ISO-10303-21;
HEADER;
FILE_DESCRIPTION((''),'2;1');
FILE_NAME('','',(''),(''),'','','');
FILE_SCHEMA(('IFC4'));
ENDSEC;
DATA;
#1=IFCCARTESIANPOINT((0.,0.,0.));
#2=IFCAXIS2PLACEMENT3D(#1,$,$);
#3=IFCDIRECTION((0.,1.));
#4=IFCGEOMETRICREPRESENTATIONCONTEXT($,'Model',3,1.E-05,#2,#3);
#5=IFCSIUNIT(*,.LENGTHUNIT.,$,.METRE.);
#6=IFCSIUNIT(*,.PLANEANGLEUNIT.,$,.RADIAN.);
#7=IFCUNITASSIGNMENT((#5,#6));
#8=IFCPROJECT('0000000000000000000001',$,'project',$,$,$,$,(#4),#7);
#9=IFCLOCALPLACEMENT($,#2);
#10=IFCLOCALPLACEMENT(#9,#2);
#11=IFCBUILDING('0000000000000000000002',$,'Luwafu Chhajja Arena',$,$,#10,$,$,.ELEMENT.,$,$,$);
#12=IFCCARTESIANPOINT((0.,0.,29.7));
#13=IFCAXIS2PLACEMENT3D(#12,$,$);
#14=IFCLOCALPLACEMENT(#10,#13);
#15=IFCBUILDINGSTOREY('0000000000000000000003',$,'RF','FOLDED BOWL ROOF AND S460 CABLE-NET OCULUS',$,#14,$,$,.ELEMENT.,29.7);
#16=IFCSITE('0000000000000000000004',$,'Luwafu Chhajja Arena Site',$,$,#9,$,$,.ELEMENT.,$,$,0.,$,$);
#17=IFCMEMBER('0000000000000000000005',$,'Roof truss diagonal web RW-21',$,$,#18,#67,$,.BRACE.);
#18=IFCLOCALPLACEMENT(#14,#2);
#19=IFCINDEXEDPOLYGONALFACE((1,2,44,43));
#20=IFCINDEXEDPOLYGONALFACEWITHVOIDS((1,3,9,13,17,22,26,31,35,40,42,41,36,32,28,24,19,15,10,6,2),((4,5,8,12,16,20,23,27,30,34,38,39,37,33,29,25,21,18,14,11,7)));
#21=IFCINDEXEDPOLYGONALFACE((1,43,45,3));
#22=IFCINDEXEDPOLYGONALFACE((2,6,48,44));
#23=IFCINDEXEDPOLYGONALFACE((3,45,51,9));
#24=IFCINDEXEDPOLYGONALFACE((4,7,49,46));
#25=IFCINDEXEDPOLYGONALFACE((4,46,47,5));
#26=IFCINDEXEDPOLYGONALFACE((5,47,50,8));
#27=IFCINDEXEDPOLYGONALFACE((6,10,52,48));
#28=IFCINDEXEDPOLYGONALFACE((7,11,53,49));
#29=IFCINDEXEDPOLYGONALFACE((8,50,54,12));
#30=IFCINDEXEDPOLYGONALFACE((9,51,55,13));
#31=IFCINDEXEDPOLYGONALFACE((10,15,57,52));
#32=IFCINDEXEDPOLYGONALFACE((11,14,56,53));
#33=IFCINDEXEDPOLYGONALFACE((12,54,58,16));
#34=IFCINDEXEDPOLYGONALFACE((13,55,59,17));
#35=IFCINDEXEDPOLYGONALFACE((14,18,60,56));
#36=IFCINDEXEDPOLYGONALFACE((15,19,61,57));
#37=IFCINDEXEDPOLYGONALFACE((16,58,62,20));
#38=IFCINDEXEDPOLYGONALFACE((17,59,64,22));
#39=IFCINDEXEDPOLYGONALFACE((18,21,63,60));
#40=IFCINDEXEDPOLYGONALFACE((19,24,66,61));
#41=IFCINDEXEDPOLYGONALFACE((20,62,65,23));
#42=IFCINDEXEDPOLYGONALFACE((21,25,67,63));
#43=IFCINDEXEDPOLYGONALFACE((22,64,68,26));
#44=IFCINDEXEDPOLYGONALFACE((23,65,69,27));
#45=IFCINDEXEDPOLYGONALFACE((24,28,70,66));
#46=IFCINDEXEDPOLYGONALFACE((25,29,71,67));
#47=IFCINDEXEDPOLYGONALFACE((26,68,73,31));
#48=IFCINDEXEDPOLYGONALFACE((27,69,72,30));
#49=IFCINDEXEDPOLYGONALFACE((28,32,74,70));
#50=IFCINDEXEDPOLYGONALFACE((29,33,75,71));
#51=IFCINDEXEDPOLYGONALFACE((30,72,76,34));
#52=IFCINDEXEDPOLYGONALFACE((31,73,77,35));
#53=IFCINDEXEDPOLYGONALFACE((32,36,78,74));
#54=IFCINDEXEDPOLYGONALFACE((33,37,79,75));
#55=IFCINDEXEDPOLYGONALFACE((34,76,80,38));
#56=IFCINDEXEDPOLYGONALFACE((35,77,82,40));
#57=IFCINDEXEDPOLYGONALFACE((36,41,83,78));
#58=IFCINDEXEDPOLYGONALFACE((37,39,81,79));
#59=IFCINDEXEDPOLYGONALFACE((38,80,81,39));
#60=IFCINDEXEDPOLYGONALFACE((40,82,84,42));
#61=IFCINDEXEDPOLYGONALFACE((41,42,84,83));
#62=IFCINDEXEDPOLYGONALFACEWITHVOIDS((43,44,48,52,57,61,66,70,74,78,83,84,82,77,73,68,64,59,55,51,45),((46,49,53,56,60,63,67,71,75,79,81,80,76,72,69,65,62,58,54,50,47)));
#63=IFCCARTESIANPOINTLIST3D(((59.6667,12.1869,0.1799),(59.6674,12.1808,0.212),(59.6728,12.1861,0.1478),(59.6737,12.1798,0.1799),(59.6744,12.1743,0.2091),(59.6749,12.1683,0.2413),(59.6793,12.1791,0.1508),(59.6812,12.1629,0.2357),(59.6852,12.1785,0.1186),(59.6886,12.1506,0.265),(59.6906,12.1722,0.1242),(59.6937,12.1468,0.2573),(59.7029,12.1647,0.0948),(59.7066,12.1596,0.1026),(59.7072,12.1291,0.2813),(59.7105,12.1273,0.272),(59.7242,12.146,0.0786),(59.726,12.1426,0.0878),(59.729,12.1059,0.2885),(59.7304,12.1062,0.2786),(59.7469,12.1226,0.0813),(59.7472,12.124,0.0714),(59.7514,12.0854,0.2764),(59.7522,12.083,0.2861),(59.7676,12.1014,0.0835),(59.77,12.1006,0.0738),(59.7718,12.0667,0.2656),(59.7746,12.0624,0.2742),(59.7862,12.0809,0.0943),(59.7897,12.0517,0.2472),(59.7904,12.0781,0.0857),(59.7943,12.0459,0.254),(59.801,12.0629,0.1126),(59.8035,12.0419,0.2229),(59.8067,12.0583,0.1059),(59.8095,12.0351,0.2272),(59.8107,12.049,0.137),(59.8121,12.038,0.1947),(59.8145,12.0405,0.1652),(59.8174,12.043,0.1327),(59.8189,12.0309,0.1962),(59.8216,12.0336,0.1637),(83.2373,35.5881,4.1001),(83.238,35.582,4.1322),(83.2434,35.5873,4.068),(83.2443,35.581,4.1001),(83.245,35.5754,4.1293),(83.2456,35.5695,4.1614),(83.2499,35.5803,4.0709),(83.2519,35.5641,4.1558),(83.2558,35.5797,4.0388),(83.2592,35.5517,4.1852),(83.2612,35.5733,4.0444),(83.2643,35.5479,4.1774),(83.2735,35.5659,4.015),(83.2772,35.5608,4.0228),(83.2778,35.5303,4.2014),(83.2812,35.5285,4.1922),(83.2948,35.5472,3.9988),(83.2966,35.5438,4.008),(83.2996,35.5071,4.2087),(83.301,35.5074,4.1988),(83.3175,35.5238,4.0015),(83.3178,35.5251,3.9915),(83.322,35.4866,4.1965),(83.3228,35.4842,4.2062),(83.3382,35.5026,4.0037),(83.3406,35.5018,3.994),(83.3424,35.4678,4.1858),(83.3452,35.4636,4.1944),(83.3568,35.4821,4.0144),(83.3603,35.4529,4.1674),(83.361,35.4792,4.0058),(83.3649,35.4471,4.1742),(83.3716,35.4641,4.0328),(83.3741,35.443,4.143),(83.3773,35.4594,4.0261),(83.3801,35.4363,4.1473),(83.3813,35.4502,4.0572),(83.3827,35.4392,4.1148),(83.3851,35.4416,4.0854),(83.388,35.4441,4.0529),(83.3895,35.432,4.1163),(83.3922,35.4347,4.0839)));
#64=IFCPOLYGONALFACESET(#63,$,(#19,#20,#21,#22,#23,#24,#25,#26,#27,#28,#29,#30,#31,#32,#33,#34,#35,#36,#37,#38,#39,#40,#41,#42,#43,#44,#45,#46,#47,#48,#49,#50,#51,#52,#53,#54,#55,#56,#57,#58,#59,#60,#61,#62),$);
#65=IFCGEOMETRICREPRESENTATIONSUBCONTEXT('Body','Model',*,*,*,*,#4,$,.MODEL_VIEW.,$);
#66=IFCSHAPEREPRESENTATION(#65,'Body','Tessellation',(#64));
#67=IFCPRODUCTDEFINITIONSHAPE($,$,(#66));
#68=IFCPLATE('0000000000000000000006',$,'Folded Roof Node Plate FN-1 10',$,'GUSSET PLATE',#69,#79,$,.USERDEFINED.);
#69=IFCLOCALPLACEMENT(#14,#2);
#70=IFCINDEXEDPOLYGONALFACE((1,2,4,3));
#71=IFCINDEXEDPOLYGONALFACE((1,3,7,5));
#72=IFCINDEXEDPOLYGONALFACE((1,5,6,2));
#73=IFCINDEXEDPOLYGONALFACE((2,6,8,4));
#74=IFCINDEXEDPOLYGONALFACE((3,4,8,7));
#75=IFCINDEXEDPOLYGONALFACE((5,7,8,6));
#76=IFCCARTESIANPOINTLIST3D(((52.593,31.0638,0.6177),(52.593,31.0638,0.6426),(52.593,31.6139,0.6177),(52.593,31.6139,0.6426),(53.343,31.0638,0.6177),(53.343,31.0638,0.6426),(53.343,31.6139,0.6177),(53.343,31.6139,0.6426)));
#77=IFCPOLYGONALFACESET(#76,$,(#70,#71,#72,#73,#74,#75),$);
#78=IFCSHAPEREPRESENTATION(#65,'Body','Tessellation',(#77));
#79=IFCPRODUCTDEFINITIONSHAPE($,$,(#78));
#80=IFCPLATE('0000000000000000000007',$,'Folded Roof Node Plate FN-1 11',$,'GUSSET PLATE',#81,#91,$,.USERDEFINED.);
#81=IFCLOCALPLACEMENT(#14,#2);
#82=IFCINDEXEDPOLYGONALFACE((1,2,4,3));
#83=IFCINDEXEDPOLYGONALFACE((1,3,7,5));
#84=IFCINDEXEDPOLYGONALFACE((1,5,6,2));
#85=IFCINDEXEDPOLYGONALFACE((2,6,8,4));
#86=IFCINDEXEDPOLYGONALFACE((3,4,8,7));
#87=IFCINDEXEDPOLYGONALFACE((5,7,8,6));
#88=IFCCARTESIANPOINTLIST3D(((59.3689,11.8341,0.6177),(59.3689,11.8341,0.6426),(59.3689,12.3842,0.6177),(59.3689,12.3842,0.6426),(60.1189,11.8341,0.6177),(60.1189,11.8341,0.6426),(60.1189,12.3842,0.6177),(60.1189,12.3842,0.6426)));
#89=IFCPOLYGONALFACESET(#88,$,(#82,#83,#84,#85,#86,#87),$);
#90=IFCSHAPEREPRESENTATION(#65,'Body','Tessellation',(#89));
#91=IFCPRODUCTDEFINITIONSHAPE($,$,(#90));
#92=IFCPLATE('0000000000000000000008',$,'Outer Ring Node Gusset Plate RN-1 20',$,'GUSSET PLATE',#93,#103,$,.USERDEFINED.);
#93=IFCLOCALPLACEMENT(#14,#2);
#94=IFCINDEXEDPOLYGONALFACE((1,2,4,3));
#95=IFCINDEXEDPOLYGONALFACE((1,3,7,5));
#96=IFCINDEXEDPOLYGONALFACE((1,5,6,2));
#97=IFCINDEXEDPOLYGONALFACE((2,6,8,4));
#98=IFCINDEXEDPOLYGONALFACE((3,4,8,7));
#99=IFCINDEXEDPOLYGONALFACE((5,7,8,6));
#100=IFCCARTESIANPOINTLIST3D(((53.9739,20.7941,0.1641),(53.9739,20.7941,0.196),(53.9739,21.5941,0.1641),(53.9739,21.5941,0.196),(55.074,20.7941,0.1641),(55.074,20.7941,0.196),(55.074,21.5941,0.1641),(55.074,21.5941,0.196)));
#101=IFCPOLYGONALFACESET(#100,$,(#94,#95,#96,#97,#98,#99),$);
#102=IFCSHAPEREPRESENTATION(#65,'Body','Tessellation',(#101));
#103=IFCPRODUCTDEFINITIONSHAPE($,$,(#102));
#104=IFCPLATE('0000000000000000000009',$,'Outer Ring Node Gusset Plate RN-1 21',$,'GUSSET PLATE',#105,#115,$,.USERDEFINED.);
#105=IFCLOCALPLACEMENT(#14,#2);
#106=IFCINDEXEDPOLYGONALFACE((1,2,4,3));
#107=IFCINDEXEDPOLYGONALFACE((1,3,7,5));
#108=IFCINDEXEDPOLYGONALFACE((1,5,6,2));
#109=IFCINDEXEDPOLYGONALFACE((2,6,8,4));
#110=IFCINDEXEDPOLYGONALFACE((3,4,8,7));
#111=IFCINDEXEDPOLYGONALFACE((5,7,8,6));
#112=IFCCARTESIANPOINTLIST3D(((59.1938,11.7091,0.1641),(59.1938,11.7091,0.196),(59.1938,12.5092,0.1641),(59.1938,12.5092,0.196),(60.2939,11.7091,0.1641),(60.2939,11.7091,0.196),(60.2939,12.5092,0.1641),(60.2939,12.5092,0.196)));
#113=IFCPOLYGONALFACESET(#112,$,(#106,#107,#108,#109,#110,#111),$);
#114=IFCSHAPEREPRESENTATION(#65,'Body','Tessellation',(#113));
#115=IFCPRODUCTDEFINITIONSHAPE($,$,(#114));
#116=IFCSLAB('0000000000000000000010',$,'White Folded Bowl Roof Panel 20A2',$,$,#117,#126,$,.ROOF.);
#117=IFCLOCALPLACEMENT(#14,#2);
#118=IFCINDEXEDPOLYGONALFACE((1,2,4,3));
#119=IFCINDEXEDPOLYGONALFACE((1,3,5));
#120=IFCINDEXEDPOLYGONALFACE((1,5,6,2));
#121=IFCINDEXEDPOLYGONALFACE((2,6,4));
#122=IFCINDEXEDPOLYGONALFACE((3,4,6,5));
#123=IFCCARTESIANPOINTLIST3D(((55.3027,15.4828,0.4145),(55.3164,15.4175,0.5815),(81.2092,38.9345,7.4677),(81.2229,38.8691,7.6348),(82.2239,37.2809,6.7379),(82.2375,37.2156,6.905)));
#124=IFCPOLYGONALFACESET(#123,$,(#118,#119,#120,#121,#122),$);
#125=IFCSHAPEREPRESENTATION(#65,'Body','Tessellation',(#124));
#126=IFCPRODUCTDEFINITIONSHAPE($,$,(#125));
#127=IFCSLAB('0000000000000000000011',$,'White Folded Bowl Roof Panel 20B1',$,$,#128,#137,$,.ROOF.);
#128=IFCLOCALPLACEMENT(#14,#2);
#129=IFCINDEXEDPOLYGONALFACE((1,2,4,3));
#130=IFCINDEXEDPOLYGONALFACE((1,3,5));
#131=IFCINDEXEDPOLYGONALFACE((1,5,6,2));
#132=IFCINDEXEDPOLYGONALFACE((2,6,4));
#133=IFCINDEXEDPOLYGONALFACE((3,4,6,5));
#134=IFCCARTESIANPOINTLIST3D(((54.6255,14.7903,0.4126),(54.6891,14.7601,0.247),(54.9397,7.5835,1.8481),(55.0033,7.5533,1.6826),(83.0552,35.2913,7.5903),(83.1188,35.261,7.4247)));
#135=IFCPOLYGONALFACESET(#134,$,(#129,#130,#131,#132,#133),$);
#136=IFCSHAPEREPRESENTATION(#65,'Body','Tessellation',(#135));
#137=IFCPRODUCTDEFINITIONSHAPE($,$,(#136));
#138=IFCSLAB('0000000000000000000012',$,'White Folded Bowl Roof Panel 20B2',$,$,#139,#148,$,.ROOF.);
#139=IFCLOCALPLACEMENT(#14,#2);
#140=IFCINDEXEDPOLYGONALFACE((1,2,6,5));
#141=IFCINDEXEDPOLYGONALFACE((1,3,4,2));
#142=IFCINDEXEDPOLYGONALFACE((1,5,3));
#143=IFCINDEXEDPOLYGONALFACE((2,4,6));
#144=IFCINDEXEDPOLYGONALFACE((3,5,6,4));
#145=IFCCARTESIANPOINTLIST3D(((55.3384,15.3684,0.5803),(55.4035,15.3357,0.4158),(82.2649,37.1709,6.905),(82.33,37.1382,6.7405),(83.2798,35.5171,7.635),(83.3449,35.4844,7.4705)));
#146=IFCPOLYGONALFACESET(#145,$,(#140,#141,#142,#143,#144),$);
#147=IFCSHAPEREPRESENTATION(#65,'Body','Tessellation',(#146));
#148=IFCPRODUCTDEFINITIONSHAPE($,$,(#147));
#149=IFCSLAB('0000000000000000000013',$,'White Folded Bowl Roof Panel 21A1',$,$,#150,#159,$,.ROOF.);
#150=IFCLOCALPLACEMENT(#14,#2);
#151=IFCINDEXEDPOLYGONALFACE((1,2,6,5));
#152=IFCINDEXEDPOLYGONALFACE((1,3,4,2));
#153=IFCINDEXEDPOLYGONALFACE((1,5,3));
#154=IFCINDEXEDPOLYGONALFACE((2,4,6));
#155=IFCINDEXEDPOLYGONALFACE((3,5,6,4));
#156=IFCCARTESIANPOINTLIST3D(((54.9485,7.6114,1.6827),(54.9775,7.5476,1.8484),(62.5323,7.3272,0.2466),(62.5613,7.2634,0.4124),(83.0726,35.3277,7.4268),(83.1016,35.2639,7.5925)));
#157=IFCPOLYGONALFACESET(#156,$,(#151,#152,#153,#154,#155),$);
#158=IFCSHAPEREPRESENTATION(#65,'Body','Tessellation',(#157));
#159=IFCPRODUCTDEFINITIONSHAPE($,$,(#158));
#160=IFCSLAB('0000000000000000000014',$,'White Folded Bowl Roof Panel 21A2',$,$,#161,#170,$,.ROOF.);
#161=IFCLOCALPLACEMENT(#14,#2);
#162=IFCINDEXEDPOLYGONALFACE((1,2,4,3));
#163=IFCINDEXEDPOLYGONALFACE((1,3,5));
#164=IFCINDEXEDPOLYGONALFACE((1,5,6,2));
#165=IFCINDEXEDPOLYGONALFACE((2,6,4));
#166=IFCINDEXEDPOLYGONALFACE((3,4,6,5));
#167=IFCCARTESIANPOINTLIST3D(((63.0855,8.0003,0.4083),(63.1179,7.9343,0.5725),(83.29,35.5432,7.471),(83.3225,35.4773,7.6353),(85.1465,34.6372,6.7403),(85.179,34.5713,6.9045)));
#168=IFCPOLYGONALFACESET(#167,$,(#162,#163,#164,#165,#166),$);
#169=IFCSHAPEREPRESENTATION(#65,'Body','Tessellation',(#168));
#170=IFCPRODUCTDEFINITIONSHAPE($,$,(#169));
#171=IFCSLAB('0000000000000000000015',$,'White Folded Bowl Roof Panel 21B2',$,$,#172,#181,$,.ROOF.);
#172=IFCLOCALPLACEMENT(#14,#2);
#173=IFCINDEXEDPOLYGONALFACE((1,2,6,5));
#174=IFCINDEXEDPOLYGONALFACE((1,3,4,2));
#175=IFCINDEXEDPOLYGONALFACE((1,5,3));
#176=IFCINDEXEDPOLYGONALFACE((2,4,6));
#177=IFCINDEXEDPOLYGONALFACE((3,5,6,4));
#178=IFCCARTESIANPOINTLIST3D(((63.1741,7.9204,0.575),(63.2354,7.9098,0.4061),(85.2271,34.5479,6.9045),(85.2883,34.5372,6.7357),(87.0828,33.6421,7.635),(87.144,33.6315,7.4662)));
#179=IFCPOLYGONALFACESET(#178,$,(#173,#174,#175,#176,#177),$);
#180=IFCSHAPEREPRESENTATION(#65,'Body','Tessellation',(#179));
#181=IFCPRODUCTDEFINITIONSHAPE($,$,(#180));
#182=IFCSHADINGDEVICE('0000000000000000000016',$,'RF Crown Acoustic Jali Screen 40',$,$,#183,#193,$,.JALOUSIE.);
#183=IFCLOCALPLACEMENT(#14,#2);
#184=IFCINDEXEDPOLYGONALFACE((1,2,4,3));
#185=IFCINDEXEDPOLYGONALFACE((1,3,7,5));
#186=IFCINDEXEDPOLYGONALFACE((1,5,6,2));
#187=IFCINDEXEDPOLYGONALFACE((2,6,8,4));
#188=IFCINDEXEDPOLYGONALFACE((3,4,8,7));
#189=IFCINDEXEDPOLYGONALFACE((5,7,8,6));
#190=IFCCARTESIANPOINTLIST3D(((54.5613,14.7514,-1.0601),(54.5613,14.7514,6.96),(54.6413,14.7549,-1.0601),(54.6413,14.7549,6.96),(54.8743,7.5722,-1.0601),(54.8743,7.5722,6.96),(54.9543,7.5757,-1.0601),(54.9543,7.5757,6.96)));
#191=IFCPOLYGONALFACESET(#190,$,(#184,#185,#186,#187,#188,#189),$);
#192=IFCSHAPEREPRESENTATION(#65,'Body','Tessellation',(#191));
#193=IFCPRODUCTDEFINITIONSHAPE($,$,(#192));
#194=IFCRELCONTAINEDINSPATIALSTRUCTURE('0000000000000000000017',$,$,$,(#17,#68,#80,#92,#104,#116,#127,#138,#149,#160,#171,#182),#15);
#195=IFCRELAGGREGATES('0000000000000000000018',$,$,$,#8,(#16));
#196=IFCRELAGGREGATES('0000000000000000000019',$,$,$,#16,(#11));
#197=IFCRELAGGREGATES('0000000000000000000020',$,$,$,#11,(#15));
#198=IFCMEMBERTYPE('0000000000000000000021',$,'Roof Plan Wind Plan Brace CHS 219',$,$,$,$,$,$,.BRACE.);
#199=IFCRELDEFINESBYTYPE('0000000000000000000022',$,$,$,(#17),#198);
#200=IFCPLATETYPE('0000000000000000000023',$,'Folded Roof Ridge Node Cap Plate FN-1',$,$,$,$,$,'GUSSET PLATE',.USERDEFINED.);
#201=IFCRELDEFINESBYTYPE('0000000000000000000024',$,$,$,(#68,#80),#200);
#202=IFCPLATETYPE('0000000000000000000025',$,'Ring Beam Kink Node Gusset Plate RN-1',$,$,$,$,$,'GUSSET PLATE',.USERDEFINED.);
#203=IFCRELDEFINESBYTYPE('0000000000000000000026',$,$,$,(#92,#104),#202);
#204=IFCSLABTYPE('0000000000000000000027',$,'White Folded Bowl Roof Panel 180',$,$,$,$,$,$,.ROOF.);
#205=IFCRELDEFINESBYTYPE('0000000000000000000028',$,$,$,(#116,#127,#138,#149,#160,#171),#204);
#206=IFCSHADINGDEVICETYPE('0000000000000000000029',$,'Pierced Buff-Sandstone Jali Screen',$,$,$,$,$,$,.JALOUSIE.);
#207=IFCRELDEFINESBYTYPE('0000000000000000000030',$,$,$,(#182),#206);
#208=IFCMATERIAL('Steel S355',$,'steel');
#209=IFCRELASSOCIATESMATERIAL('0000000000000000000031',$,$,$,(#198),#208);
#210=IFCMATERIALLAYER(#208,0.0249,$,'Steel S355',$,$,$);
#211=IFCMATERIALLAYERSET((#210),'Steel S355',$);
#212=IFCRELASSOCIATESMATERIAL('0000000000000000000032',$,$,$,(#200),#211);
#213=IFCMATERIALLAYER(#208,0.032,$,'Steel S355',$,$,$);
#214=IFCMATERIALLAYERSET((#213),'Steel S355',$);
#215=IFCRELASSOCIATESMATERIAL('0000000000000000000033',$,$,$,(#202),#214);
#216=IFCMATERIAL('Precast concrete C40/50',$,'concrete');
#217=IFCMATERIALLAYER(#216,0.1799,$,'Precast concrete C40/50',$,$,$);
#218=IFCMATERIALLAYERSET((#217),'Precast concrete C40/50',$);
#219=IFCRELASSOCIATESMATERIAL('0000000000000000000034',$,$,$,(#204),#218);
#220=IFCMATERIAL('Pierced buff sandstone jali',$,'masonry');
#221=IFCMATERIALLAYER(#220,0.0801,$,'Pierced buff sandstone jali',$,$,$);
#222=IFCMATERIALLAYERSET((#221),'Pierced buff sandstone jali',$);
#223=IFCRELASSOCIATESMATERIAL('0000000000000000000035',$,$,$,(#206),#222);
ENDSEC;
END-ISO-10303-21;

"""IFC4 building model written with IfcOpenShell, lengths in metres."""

from ifc_helpers import new_model, si_unit, direction, frame, origin, origin_2d, place, context, subcontext, project, spatial, polyline, rectangle, hollow_circle, outline, extrude, material, layer, layer_set, material_profile, profile_set, type_object, element, save


model = new_model("IFC4")

# Units and contexts
model_context = context("Model", 3, precision=1e-05, world=origin(), true_north=direction((0.0, 1.0)))
body_context = subcontext(model_context, "Body", "Model", "MODEL_VIEW")
ifc_project = project(units=[si_unit("LENGTHUNIT", "METRE"), si_unit("PLANEANGLEUNIT", "RADIAN")], contexts=[model_context])

# Site, building, storey
site_placement = place(None, origin())
site = spatial("IfcSite", under=ifc_project, at=site_placement, Name="Luwafu Chhajja Arena Site", CompositionType="ELEMENT", RefElevation=0.0)
building_placement = place(site_placement, origin())
building = spatial("IfcBuilding", under=site, at=building_placement, Name="Luwafu Chhajja Arena", CompositionType="ELEMENT")
storey_placement = place(building_placement, frame((0.0, 0.0, 29.7)))
storey = spatial("IfcBuildingStorey", under=building, at=storey_placement, Name="RF", Description="FOLDED BOWL ROOF AND S460 CABLE-NET OCULUS", CompositionType="ELEMENT", Elevation=29.7)

# Shared definitions
ifc_material_1 = material(Name="Steel S355", Category="steel")

# Member
ifc_material_profile_1 = material_profile(ifc_material_1, hollow_circle(Radius=0.1096, WallThickness=0.01, at=origin_2d()), Name="CHS 219.1x10")
ifc_profile_set_1 = profile_set([ifc_material_profile_1], Name="Steel S355")
member_type_1 = type_object("IfcMemberType", Name="Roof Plan Wind Plan Brace CHS 219", PredefinedType="BRACE", material=ifc_profile_set_1)
member_1_placement = place(storey_placement, frame((59.7439, 12.1091, 0.1799), z_axis=(0.704761, 0.699695, 0.117213), x_axis=(-0.704552, 0.709653, 0.0)))
element("IfcMember", 1, at=member_1_placement, inside=storey, type_object=member_type_1, Name="Roof truss diagonal web RW-21", PredefinedType="BRACE", context=body_context, shape_type="SweptSolid", body=[
    extrude(hollow_circle(Radius=0.1096, WallThickness=0.01, at=origin_2d()), origin(), (0.0, 0.0, 1.0), 33.4448),
])

# Plates
ifc_layer_1 = layer(ifc_material_1, 0.0249, Name="Steel S355")
ifc_layer_set_1 = layer_set([ifc_layer_1], Name="Steel S355")
plate_type_1 = type_object("IfcPlateType", Name="Folded Roof Ridge Node Cap Plate FN-1", ElementType="GUSSET PLATE", PredefinedType="USERDEFINED", material=ifc_layer_set_1)
for number, where, z_axis, x_axis, name in (
    (2, (52.968, 31.3389, 0.6177), (0.0, 0.0, 1.0), (1.0, 0.0, 0.0), "Folded Roof Node Plate FN-1 10"),
    (3, (59.7439, 12.1091, 0.6177), (0.0, 0.0, 1.0), (1.0, 0.0, 0.0), "Folded Roof Node Plate FN-1 11"),
):
    element("IfcPlate", number, at=place(storey_placement, frame(where, z_axis=z_axis, x_axis=x_axis)), inside=storey, type_object=plate_type_1, Name=name, ObjectType="GUSSET PLATE", PredefinedType="USERDEFINED", context=body_context, shape_type="SweptSolid", body=[
        extrude(rectangle(XDim=0.75, YDim=0.55, at=origin_2d()), origin(), (0.0, 0.0, 1.0), 0.0249),
    ])
ifc_layer_2 = layer(ifc_material_1, 0.032, Name="Steel S355")
ifc_layer_set_2 = layer_set([ifc_layer_2], Name="Steel S355")
plate_type_2 = type_object("IfcPlateType", Name="Ring Beam Kink Node Gusset Plate RN-1", ElementType="GUSSET PLATE", PredefinedType="USERDEFINED", material=ifc_layer_set_2)
for number, where, z_axis, x_axis, name in (
    (4, (54.5239, 21.1941, 0.1641), (0.0, 0.0, 1.0), (1.0, 0.0, 0.0), "Outer Ring Node Gusset Plate RN-1 20"),
    (5, (59.7439, 12.1091, 0.1641), (0.0, 0.0, 1.0), (1.0, 0.0, 0.0), "Outer Ring Node Gusset Plate RN-1 21"),
):
    element("IfcPlate", number, at=place(storey_placement, frame(where, z_axis=z_axis, x_axis=x_axis)), inside=storey, type_object=plate_type_2, Name=name, ObjectType="GUSSET PLATE", PredefinedType="USERDEFINED", context=body_context, shape_type="SweptSolid", body=[
        extrude(rectangle(XDim=1.1001, YDim=0.8, at=origin_2d()), origin(), (0.0, 0.0, 1.0), 0.032),
    ])

# Slabs
ifc_material_2 = material(Name="Precast concrete C40/50", Category="concrete")
ifc_layer_3 = layer(ifc_material_2, 0.1799, Name="Precast concrete C40/50")
ifc_layer_set_3 = layer_set([ifc_layer_3], Name="Precast concrete C40/50")
slab_type = type_object("IfcSlabType", Name="White Folded Bowl Roof Panel 180", PredefinedType="ROOF", material=ifc_layer_set_3)
slab_1_placement = place(storey_placement, frame((55.3164, 15.4175, 0.5815), z_axis=(0.07596, -0.363196, 0.928611), x_axis=(0.726704, 0.657843, 0.19785)))
element("IfcSlab", 6, at=slab_1_placement, inside=storey, type_object=slab_type, Name="White Folded Bowl Roof Panel 20A2", PredefinedType="ROOF", context=body_context, shape_type="SweptSolid", body=[
    extrude(outline(polyline([(0.0, 0.0), (35.6493, 0.0), (35.1545, -2.0128), (0.0, 0.0)])), origin(), (0.0, 0.0, -1.0), 0.1799),
])
slab_2_placement = place(storey_placement, frame((54.6255, 14.7903, 0.4126), z_axis=(-0.353421, 0.167904, 0.920273), x_axis=(0.794616, 0.573007, 0.200619)))
element("IfcSlab", 7, at=slab_2_placement, inside=storey, type_object=slab_type, Name="White Folded Bowl Roof Panel 20B1", PredefinedType="ROOF", context=body_context, shape_type="SweptSolid", body=[
    extrude(outline(polyline([(0.0, 0.0), (35.7779, 0.0), (-3.5919, -6.4184), (0.0, 0.0)])), origin(), (0.0, 0.0, -1.0), 0.1799),
])
slab_3_placement = place(storey_placement, frame((55.3384, 15.3684, 0.5803), z_axis=(-0.361807, 0.18158, 0.914399), x_axis=(0.764542, 0.619052, 0.179582)))
element("IfcSlab", 8, at=slab_3_placement, inside=storey, type_object=slab_type, Name="White Folded Bowl Roof Panel 20B2", PredefinedType="ROOF", context=body_context, shape_type="SweptSolid", body=[
    extrude(outline(polyline([(0.0, 0.0), (35.2191, 0.0), (35.1024, -2.0699), (0.0, 0.0)])), origin(), (0.0, 0.0, -1.0), 0.1799),
])
slab_4_placement = place(storey_placement, frame((54.9775, 7.5476, 1.8484), z_axis=(0.161137, -0.354404, 0.921104), x_axis=(0.704832, 0.694614, 0.143957)))
element("IfcSlab", 9, at=slab_4_placement, inside=storey, type_object=slab_type, Name="White Folded Bowl Roof Panel 21A1", PredefinedType="ROOF", context=body_context, shape_type="SweptSolid", body=[
    extrude(outline(polyline([(0.0, 0.0), (39.9017, 0.0), (4.9411, -5.9364), (0.0, 0.0)])), origin(), (0.0, 0.0, -1.0), 0.1799),
])
slab_5_placement = place(storey_placement, frame((63.1179, 7.9343, 0.5725), z_axis=(0.180448, -0.366431, 0.91278), x_axis=(0.579234, 0.789614, 0.202478)))
element("IfcSlab", 10, at=slab_5_placement, inside=storey, type_object=slab_type, Name="White Folded Bowl Roof Panel 21A2", PredefinedType="ROOF", context=body_context, shape_type="SweptSolid", body=[
    extrude(outline(polyline([(0.0, 0.0), (34.8816, 0.0), (35.0935, -2.1809), (0.0, 0.0)])), origin(), (0.0, 0.0, -1.0), 0.1799),
])
slab_6_placement = place(storey_placement, frame((63.1741, 7.9204, 0.575), z_axis=(-0.340571, 0.059005, 0.938365), x_axis=(0.627423, 0.757569, 0.180081)))
element("IfcSlab", 11, at=slab_6_placement, inside=storey, type_object=slab_type, Name="White Folded Bowl Roof Panel 21B2", PredefinedType="ROOF", context=body_context, shape_type="SweptSolid", body=[
    extrude(outline(polyline([(0.0, 0.0), (35.1485, 0.0), (35.7582, -2.1038), (0.0, 0.0)])), origin(), (0.0, 0.0, -1.0), 0.1799),
])

# Shading device
ifc_material_3 = material(Name="Pierced buff sandstone jali", Category="masonry")
ifc_layer_4 = layer(ifc_material_3, 0.0801, Name="Pierced buff sandstone jali")
ifc_layer_set_4 = layer_set([ifc_layer_4], Name="Pierced buff sandstone jali")
shading_device_type = type_object("IfcShadingDeviceType", Name="Pierced Buff-Sandstone Jali Screen", PredefinedType="JALOUSIE", material=ifc_layer_set_4)
shading_device_1_placement = place(storey_placement, frame((54.7578, 11.1636, -1.0601), z_axis=(0.0, 0.0, 1.0), x_axis=(0.043562, -0.999051, 0.0)))
element("IfcShadingDevice", 12, at=shading_device_1_placement, inside=storey, type_object=shading_device_type, Name="RF Crown Acoustic Jali Screen 40", PredefinedType="JALOUSIE", context=body_context, shape_type="SweptSolid", body=[
    extrude(rectangle(XDim=7.186, YDim=0.0801, at=origin_2d()), origin(), (0.0, 0.0, 1.0), 8.02),
])

save(model, "model.ifc")
